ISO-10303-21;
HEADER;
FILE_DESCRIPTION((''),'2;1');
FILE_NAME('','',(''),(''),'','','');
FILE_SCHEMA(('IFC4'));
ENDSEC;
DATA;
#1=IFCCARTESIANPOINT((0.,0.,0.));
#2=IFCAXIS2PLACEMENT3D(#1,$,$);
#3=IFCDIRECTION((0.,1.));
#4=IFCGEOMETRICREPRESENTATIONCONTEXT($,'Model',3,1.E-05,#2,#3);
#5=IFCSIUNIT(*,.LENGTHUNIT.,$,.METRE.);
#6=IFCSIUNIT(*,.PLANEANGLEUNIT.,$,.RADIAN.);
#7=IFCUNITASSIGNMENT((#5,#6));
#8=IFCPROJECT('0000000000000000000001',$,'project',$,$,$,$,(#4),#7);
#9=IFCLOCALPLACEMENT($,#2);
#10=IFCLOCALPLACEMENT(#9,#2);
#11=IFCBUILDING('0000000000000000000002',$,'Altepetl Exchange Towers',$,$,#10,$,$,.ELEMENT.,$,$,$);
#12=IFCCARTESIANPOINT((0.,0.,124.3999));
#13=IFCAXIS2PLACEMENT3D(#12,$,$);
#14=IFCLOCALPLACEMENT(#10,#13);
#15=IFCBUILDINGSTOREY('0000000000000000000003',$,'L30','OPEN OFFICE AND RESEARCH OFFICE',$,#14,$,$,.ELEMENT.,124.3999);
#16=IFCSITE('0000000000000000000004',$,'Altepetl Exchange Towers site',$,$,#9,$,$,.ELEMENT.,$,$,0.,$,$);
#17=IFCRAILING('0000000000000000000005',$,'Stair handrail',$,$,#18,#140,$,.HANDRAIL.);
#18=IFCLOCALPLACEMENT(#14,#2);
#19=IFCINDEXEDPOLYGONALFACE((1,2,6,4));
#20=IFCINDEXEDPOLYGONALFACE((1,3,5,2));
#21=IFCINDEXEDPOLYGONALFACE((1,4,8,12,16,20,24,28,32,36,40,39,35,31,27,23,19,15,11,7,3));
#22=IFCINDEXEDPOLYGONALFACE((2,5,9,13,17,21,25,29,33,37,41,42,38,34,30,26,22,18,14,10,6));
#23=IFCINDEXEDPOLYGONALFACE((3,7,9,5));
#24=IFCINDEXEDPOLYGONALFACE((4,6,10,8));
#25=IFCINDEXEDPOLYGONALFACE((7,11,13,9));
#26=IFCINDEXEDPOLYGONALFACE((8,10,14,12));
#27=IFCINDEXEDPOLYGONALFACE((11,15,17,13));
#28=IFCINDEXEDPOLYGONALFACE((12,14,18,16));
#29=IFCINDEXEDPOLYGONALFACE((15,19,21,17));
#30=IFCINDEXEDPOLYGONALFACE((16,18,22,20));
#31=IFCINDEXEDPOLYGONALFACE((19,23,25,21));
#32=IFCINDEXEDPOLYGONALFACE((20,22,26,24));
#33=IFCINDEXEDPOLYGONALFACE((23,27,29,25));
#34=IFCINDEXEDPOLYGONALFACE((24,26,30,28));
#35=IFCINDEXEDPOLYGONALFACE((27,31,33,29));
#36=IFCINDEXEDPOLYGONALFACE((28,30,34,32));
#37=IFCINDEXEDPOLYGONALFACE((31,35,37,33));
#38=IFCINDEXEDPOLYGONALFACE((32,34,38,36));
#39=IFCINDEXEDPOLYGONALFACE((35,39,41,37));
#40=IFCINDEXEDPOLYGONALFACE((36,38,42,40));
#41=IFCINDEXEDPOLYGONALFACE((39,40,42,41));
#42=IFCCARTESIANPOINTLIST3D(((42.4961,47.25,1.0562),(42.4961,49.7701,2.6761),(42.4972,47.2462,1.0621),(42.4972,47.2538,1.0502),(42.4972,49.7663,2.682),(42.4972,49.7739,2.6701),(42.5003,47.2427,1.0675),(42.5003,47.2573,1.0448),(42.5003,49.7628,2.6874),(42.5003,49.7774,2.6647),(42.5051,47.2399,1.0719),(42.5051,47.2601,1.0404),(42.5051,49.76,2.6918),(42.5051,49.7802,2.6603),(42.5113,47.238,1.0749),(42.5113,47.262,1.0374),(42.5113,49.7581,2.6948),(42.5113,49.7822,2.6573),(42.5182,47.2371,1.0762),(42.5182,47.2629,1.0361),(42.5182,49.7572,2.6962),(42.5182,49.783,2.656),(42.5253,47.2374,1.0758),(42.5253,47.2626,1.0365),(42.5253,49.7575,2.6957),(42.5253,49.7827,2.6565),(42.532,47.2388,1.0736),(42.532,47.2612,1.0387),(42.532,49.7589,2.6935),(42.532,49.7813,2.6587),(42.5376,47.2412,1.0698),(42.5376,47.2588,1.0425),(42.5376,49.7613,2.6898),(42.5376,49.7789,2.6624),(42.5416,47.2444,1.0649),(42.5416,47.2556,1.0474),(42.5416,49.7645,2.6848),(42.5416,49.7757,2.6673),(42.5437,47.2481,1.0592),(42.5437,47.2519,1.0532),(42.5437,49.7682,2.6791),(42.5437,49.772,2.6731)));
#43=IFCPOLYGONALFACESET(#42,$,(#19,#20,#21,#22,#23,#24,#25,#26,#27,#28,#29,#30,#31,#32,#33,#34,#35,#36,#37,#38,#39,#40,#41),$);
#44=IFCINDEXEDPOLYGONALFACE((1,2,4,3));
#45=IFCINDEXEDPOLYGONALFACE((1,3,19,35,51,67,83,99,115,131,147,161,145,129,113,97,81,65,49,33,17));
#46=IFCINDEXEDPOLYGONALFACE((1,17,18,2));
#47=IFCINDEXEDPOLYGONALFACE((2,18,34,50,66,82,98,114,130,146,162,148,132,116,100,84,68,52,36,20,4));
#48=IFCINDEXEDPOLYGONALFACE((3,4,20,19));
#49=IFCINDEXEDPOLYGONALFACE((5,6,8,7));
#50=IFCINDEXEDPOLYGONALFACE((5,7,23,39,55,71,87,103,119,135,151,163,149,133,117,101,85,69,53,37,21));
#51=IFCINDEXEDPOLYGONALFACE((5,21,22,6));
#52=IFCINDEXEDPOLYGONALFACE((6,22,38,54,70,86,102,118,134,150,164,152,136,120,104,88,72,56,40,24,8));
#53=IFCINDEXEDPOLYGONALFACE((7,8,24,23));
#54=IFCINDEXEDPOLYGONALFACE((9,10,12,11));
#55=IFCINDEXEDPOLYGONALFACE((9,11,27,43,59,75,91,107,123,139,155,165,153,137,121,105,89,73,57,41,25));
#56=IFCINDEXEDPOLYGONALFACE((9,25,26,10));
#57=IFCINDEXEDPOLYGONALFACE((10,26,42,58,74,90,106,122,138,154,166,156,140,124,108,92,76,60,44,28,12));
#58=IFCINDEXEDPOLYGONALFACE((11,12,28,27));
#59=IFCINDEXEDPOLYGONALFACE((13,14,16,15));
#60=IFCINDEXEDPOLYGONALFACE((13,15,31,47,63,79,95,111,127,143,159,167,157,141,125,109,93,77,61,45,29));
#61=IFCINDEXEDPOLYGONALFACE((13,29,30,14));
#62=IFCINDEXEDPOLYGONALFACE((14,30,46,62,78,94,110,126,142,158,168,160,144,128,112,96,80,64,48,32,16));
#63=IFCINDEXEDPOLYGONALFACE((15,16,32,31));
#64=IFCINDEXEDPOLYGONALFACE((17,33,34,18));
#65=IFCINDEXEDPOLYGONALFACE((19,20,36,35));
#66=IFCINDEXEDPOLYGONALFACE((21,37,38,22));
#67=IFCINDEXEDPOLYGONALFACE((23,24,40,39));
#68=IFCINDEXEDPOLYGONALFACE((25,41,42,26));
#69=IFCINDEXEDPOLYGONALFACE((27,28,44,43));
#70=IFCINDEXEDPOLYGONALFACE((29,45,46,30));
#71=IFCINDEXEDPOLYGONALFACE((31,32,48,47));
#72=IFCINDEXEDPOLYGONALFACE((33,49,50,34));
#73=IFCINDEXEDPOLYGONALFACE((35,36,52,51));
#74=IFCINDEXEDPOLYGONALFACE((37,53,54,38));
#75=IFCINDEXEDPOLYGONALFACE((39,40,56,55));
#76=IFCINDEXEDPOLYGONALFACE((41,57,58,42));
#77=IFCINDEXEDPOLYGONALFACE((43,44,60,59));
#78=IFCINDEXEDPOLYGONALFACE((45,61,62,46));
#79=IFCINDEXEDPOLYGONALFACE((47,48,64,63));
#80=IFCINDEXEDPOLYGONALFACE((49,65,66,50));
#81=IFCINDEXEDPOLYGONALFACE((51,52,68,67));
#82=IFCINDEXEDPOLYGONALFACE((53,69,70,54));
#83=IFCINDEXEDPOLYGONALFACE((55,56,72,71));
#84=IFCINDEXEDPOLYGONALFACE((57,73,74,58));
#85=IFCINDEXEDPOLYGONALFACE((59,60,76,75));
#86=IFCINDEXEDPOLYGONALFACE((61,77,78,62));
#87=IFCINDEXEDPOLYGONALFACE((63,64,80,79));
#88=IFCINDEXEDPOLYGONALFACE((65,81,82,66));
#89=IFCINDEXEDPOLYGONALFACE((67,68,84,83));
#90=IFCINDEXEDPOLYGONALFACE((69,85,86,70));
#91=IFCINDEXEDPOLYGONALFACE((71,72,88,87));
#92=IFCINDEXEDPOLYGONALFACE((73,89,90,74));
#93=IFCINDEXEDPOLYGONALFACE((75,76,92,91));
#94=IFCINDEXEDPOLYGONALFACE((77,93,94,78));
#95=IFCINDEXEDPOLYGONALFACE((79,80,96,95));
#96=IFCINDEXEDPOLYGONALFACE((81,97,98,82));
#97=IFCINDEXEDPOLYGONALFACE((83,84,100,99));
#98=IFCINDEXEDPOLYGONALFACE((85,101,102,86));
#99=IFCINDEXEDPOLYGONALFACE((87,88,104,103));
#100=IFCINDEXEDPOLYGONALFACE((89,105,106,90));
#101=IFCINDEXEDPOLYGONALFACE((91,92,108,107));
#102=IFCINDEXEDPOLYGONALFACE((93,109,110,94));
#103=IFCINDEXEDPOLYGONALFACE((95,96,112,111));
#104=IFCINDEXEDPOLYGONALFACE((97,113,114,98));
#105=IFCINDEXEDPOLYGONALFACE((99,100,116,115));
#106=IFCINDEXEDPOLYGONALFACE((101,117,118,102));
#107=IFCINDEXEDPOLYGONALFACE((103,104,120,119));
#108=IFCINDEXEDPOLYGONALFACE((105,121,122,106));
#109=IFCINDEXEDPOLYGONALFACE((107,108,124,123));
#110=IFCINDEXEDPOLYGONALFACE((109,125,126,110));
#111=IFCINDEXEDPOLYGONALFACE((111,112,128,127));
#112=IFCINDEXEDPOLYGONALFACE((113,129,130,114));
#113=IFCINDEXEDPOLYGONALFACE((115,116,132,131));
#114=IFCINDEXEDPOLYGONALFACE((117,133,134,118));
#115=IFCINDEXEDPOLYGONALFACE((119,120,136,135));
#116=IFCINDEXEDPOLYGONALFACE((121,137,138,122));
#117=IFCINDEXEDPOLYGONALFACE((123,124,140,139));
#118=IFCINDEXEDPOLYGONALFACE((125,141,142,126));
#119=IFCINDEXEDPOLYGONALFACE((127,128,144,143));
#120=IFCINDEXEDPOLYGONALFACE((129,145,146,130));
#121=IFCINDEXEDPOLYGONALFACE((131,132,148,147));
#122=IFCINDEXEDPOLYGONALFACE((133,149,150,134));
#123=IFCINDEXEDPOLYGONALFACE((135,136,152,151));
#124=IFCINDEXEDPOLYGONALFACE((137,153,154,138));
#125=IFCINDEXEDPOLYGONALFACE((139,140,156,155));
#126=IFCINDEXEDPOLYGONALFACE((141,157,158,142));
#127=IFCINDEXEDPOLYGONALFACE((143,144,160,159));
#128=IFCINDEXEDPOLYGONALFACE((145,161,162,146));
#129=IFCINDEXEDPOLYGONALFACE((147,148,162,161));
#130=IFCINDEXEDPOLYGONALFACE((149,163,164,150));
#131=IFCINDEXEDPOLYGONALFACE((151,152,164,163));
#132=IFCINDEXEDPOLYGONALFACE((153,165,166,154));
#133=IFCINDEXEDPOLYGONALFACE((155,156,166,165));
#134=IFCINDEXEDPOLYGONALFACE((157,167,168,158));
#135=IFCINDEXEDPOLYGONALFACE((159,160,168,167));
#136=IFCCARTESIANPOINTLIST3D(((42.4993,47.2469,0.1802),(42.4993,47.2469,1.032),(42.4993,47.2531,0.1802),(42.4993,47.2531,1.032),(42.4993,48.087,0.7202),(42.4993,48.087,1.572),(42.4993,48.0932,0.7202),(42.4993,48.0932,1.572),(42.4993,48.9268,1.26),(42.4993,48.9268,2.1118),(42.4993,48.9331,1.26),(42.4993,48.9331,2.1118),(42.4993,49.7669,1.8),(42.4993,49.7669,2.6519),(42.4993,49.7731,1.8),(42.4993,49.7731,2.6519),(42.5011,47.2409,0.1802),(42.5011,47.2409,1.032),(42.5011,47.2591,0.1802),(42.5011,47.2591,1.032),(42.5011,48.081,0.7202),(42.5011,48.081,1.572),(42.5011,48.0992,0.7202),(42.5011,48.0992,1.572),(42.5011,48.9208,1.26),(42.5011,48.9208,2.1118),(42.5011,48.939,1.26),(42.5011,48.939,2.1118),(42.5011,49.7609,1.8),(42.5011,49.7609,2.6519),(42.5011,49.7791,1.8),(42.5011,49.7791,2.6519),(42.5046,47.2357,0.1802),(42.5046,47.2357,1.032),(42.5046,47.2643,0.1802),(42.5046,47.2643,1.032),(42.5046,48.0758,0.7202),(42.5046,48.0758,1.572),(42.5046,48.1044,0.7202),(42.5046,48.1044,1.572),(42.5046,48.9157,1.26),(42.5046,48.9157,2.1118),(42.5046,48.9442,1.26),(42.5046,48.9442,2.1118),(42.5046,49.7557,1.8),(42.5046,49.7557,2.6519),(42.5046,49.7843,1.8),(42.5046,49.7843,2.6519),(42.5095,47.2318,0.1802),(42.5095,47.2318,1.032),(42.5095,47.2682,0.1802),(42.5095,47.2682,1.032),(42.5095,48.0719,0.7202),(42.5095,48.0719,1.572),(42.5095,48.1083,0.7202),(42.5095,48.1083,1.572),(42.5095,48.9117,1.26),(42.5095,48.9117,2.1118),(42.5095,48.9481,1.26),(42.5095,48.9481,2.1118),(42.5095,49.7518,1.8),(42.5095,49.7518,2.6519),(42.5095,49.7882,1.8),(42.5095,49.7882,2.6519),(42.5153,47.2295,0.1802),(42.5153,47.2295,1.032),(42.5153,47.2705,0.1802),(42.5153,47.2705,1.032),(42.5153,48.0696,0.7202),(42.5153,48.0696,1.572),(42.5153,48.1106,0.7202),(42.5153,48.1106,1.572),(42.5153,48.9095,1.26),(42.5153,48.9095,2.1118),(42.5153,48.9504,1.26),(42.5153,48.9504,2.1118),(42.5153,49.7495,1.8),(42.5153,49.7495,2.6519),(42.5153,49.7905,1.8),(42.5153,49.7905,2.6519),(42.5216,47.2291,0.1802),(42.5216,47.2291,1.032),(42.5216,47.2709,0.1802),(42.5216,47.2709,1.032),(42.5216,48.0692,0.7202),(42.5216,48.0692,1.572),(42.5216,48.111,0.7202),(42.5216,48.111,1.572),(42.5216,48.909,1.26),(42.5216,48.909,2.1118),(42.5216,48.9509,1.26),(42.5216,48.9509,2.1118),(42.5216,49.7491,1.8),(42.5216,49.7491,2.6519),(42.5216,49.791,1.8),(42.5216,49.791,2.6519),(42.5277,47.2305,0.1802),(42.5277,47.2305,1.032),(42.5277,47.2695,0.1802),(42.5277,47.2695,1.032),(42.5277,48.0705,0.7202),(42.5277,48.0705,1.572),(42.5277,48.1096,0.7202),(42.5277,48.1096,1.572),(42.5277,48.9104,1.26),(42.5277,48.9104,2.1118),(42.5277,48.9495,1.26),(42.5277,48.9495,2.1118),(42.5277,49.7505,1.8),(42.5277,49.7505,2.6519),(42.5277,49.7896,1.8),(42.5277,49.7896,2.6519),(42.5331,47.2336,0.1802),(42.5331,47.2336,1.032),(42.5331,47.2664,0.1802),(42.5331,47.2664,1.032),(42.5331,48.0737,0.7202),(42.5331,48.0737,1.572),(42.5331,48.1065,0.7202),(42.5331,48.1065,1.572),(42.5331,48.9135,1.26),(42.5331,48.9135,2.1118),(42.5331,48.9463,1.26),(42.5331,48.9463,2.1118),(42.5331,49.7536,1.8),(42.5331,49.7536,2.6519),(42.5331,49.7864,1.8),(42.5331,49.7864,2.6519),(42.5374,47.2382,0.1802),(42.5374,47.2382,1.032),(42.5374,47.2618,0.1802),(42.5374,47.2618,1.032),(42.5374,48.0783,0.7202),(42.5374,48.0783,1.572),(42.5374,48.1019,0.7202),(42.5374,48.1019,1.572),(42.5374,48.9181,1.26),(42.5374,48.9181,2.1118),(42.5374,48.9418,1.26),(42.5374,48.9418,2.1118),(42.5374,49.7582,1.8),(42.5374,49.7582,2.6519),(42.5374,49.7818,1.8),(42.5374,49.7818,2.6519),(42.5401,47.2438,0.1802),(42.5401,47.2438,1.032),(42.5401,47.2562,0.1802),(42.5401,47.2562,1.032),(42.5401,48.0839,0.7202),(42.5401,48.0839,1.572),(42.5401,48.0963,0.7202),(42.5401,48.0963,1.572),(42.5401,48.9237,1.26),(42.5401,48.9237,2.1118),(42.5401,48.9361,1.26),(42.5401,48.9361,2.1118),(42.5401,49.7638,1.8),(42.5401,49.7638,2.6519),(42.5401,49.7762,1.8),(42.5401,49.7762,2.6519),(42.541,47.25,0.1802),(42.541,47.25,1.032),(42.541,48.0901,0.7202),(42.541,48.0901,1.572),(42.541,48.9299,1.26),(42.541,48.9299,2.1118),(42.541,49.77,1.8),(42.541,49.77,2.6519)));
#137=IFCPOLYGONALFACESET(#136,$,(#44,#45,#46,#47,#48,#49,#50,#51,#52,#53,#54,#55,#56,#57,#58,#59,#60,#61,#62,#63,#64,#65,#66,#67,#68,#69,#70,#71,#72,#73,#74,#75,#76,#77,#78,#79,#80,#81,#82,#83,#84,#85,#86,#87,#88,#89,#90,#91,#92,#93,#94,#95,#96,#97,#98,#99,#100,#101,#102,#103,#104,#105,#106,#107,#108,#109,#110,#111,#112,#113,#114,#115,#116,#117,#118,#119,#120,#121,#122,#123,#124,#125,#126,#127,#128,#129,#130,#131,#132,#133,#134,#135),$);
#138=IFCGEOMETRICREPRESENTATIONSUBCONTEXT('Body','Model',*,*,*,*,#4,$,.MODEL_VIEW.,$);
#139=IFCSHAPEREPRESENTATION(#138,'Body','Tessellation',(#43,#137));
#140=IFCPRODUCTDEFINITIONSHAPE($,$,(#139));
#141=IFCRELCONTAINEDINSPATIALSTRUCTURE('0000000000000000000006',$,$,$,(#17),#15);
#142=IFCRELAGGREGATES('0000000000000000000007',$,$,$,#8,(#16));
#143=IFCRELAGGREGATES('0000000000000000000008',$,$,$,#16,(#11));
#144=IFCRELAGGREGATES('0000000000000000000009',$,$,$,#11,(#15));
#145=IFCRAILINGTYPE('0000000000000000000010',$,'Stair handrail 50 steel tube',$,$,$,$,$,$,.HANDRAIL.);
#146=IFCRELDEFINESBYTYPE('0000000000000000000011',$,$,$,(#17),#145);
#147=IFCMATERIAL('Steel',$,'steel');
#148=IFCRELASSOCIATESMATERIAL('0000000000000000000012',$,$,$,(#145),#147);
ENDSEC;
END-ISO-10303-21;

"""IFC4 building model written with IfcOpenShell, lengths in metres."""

from ifc_helpers import new_model, si_unit, direction, frame, origin, origin_2d, place, context, subcontext, project, spatial, circle, extrude, source, transform, mapped, material, type_object, element, save


model = new_model("IFC4")

# Units and contexts
model_context = context("Model", 3, precision=1e-05, world=origin(), true_north=direction((0.0, 1.0)))
body_context = subcontext(model_context, "Body", "Model", "MODEL_VIEW")
ifc_project = project(units=[si_unit("LENGTHUNIT", "METRE"), si_unit("PLANEANGLEUNIT", "RADIAN")], contexts=[model_context])

# Site, building, storey
site_placement = place(None, origin())
site = spatial("IfcSite", under=ifc_project, at=site_placement, Name="Altepetl Exchange Towers site", CompositionType="ELEMENT", RefElevation=0.0)
building_placement = place(site_placement, origin())
building = spatial("IfcBuilding", under=site, at=building_placement, Name="Altepetl Exchange Towers", CompositionType="ELEMENT")
storey_placement = place(building_placement, frame((0.0, 0.0, 124.3999)))
storey = spatial("IfcBuildingStorey", under=building, at=storey_placement, Name="L30", Description="OPEN OFFICE AND RESEARCH OFFICE", CompositionType="ELEMENT", Elevation=124.3999)

# Railing
ifc_material_1 = material(Name="Steel", Category="steel")
railing_type = type_object("IfcRailingType", Name="Stair handrail 50 steel tube", PredefinedType="HANDRAIL", material=ifc_material_1)
shared_shape = source(origin(), body_context, "Body", "SweptSolid", [
    extrude(circle(Radius=0.021, at=origin_2d()), origin(), (0.0, 0.0, 1.0), 0.8518),
])
railing_1_placement = place(storey_placement, frame((42.52, 47.25, 0.1802)))
element("IfcRailing", 1, at=railing_1_placement, inside=storey, type_object=railing_type, Name="Stair handrail", PredefinedType="HANDRAIL", context=body_context, shape_type="SweptSolid", body=[
    extrude(circle(Radius=0.0239, at=origin_2d()), frame((0.0, 0.0, 0.876), z_axis=(0.0, 0.8412, 0.540725), x_axis=(-1.0, 0.0, 0.0)), (0.0, 0.0, 1.0), 2.9958),
    mapped(shared_shape, transform((0.0, 0.0, 0.0))),
    mapped(shared_shape, transform((0.0, 0.8401, 0.54))),
    mapped(shared_shape, transform((0.0, 1.6799, 1.0798))),
    mapped(shared_shape, transform((0.0, 2.52, 1.6199))),
])

save(model, "model.ifc")
